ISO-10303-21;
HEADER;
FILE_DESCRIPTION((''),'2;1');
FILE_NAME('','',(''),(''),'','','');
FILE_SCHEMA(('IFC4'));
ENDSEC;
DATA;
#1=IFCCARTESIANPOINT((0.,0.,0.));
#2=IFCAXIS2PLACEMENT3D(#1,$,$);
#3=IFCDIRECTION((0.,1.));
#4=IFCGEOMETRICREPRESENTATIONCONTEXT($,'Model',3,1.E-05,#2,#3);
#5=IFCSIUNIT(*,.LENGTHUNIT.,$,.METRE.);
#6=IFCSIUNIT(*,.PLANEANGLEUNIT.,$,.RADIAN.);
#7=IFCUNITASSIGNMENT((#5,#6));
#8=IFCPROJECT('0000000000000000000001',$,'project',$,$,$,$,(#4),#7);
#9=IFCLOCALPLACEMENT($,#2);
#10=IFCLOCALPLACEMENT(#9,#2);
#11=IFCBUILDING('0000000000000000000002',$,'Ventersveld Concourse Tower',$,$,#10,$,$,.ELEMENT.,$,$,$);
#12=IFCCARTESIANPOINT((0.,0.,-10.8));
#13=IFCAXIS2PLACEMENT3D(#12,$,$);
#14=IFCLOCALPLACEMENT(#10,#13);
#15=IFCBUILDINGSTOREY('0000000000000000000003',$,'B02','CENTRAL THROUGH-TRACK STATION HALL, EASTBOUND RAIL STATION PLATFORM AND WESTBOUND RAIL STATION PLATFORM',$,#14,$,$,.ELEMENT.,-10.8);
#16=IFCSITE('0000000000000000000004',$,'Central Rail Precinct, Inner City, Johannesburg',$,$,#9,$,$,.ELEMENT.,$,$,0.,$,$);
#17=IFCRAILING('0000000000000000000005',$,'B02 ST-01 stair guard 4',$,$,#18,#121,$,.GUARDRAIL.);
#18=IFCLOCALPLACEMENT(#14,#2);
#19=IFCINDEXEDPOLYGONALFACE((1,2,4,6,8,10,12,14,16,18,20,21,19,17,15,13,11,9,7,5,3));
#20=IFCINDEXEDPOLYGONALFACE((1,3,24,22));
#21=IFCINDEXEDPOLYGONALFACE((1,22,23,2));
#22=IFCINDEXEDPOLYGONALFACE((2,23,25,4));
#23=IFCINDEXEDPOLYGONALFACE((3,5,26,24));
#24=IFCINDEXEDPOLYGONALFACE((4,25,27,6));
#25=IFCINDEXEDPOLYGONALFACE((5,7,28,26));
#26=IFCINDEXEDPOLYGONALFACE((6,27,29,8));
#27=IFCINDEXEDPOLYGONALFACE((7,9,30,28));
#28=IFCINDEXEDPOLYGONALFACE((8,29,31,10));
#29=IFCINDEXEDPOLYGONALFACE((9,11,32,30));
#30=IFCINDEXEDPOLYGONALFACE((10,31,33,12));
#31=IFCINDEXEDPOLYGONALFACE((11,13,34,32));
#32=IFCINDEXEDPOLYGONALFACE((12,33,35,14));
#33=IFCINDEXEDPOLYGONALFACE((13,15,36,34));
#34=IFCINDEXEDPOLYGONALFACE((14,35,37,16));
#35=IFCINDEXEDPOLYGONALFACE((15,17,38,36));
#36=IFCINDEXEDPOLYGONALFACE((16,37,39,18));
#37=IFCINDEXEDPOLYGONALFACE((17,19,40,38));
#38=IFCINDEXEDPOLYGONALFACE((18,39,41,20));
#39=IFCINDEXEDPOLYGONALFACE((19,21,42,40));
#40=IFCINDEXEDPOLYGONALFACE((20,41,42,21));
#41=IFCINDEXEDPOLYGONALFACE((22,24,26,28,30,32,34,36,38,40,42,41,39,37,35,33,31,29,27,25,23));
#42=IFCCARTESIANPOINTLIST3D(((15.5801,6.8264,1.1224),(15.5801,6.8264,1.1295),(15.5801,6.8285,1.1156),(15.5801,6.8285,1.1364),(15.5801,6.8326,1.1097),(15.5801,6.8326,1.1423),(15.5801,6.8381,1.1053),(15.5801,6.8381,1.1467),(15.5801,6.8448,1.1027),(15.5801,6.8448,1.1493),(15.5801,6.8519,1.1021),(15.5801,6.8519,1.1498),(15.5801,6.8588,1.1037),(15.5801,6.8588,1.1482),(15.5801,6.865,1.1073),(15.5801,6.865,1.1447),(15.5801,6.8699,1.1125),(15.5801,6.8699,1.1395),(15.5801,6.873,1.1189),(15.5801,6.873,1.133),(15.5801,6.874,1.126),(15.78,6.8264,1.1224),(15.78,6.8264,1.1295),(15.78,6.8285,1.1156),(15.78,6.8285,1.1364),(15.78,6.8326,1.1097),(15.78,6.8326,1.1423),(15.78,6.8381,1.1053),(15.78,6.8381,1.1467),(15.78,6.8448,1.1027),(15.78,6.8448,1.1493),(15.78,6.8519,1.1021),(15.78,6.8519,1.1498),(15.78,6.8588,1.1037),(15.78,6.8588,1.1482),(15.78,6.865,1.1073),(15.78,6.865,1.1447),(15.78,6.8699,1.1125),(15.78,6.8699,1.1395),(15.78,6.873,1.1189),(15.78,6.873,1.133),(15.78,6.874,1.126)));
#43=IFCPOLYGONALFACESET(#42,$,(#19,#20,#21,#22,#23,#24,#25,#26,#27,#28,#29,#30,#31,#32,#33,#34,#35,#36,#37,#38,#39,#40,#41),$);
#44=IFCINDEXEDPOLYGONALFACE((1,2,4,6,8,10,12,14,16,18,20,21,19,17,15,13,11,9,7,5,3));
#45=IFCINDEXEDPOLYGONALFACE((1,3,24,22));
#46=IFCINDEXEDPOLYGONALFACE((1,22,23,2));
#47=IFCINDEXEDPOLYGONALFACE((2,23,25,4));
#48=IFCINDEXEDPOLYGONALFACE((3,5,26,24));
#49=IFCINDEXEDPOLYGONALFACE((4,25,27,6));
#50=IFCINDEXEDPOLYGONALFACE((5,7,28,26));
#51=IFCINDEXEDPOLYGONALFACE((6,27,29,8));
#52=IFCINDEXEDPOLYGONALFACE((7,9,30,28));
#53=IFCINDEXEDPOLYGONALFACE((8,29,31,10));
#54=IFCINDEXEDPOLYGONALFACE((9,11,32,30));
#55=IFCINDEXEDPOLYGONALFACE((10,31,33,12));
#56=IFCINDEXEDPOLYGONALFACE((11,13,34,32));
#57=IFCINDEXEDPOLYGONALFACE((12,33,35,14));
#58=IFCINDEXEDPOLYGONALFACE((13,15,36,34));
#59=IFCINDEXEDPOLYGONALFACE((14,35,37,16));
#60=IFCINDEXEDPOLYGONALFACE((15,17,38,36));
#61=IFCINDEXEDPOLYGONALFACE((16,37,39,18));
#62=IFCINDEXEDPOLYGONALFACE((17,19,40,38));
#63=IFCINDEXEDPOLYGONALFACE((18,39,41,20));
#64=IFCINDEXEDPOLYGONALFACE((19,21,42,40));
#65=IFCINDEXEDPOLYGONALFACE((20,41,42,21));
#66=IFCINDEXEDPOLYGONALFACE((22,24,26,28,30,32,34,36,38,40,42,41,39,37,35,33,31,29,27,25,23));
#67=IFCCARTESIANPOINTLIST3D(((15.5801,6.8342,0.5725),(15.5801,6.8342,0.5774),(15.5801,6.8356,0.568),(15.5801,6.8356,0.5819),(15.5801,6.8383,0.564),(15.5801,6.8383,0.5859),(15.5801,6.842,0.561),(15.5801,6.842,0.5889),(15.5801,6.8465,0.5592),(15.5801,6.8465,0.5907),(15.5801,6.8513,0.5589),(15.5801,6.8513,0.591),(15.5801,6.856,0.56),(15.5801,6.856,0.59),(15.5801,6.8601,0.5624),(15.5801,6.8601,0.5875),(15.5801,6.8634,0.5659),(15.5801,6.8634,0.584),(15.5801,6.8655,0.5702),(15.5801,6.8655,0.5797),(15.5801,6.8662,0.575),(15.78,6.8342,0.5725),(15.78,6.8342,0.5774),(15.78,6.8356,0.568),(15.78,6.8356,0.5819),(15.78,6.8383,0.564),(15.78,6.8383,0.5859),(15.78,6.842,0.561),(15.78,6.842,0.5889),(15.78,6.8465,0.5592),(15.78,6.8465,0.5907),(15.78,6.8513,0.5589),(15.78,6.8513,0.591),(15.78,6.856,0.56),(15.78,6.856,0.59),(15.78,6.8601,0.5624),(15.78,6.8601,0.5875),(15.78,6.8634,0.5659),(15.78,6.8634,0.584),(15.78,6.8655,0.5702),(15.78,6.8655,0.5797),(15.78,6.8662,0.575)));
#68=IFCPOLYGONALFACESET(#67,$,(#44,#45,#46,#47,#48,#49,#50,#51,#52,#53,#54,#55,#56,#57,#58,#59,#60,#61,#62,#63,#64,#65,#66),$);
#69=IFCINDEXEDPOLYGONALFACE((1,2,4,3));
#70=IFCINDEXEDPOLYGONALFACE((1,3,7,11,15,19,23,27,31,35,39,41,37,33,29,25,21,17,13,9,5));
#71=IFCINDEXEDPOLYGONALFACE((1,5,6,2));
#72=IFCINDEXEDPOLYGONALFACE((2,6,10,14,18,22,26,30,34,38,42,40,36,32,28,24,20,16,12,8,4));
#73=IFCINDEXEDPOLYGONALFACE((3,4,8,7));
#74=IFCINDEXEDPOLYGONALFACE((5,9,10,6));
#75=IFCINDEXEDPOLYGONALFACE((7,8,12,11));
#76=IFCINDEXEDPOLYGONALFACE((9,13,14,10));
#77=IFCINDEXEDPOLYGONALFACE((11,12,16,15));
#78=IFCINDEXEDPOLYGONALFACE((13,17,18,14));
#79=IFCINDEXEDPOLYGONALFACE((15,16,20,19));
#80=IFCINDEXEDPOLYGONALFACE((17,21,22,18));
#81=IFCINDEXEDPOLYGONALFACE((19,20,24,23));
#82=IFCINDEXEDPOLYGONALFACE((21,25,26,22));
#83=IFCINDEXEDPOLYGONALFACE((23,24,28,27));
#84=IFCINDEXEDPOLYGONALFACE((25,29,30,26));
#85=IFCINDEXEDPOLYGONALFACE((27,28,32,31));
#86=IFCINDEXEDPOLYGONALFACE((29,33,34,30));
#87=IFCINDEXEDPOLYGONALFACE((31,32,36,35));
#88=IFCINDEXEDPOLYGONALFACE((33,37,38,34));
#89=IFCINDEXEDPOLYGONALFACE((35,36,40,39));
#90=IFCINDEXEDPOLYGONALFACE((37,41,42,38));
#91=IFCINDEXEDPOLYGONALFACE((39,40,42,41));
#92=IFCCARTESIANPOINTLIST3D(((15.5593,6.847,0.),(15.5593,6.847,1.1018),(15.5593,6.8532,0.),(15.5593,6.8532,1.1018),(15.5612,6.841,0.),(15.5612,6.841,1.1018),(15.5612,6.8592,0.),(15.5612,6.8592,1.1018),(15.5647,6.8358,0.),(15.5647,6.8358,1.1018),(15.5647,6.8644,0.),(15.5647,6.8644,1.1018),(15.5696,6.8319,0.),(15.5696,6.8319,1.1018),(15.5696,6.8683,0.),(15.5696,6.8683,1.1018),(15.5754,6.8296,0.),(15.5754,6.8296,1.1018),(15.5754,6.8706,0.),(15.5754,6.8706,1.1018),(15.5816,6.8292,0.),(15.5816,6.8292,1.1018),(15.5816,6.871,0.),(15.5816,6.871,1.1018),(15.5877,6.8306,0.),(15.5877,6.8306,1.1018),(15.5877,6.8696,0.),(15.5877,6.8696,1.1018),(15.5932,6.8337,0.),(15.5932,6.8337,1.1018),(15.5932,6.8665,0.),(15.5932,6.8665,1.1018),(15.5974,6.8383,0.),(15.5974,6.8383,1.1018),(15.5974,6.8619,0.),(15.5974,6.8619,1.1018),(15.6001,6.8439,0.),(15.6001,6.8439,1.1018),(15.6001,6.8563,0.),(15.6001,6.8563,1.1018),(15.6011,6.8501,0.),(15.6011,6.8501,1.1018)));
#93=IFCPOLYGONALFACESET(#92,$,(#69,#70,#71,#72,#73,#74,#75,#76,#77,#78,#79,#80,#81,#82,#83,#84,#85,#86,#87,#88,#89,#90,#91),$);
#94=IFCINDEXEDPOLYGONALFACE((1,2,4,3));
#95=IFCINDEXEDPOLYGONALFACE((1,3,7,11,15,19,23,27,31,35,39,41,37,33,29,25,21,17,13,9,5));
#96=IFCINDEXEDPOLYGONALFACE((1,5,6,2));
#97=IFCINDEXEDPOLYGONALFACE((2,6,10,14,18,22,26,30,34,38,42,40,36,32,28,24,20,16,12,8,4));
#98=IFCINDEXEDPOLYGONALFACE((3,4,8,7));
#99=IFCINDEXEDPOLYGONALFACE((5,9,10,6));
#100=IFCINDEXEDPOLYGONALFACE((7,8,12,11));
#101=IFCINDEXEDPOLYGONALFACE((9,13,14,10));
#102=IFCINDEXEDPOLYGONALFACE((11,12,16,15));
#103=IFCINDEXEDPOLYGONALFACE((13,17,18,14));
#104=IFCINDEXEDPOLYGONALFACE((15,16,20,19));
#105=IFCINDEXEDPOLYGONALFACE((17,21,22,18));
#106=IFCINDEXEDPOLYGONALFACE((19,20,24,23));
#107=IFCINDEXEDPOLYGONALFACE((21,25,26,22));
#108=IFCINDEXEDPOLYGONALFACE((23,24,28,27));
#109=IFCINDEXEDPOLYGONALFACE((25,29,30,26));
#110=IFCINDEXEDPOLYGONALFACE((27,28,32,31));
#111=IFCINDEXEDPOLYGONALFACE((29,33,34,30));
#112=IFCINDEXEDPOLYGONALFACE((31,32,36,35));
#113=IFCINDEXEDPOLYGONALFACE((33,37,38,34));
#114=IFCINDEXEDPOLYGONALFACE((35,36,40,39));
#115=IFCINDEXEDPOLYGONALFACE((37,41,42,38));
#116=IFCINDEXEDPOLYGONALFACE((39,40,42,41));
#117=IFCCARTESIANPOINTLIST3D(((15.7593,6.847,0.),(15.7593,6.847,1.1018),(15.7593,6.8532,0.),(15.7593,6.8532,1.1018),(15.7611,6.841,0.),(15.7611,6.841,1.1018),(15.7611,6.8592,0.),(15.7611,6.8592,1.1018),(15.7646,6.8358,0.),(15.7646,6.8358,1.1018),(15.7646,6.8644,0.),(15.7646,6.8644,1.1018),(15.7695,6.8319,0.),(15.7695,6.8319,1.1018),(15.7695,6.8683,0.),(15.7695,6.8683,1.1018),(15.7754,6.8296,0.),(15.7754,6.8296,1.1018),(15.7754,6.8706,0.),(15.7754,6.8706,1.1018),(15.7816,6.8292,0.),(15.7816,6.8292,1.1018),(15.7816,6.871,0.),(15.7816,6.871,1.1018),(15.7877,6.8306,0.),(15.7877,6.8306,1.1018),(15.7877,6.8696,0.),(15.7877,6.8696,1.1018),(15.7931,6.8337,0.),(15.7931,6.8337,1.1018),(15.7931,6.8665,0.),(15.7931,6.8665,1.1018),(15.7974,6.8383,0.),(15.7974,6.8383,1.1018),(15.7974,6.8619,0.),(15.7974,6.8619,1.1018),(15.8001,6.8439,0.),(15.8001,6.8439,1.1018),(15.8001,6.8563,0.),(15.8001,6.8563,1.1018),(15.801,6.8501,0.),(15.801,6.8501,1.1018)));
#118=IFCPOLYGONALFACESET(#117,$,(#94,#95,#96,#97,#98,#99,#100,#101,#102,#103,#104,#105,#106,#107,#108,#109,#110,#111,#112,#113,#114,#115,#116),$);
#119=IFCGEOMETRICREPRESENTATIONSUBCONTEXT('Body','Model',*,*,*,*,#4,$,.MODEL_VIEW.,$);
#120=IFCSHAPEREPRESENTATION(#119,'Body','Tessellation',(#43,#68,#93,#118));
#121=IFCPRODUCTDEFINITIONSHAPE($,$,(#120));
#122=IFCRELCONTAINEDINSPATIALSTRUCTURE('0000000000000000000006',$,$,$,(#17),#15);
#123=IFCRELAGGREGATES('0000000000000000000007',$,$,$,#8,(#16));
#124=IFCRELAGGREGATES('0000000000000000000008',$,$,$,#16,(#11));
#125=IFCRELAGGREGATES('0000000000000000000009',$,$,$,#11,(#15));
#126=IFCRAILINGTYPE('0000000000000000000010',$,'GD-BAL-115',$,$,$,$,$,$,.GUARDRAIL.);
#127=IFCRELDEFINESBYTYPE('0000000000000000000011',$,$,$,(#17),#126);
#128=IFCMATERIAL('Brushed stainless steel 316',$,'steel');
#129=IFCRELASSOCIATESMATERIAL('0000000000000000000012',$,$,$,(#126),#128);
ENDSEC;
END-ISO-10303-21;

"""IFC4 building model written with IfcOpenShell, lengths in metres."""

from ifc_helpers import new_model, si_unit, direction, frame, origin, origin_2d, place, context, subcontext, project, spatial, circle, extrude, material, type_object, element, save


model = new_model("IFC4")

# Units and contexts
model_context = context("Model", 3, precision=1e-05, world=origin(), true_north=direction((0.0, 1.0)))
body_context = subcontext(model_context, "Body", "Model", "MODEL_VIEW")
ifc_project = project(units=[si_unit("LENGTHUNIT", "METRE"), si_unit("PLANEANGLEUNIT", "RADIAN")], contexts=[model_context])

# Site, building, storey
site_placement = place(None, origin())
site = spatial("IfcSite", under=ifc_project, at=site_placement, Name="Central Rail Precinct, Inner City, Johannesburg", CompositionType="ELEMENT", RefElevation=0.0)
building_placement = place(site_placement, origin())
building = spatial("IfcBuilding", under=site, at=building_placement, Name="Ventersveld Concourse Tower", CompositionType="ELEMENT")
storey_placement = place(building_placement, frame((0.0, 0.0, -10.8)))
storey = spatial("IfcBuildingStorey", under=building, at=storey_placement, Name="B02", Description="CENTRAL THROUGH-TRACK STATION HALL, EASTBOUND RAIL STATION PLATFORM AND WESTBOUND RAIL STATION PLATFORM", CompositionType="ELEMENT", Elevation=-10.8)

# Shared definitions
ifc_material_1 = material(Name="Brushed stainless steel 316", Category="steel")

# Railing
railing_type_1 = type_object("IfcRailingType", Name="GD-BAL-115", PredefinedType="GUARDRAIL", material=ifc_material_1)
railing_1_placement = place(storey_placement, frame((15.5801, 6.8501, 0.0)))
element("IfcRailing", 1, at=railing_1_placement, inside=storey, type_object=railing_type_1, Name="B02 ST-01 stair guard 4", PredefinedType="GUARDRAIL", context=body_context, shape_type="SweptSolid", body=[
    extrude(circle(Radius=0.0239, at=origin_2d()), frame((0.0, 0.0, 1.126), z_axis=(1.0, 0.0, 0.0), x_axis=(0.0, 1.0, 0.0)), (0.0, 0.0, 1.0), 0.2),
    extrude(circle(Radius=0.0161, at=origin_2d()), frame((0.0, 0.0, 0.575), z_axis=(1.0, 0.0, 0.0), x_axis=(0.0, 1.0, 0.0)), (0.0, 0.0, 1.0), 0.2),
    extrude(circle(Radius=0.021, at=origin_2d()), origin(), (0.0, 0.0, 1.0), 1.1018),
    extrude(circle(Radius=0.021, at=origin_2d()), frame((0.2, 0.0, 0.0)), (0.0, 0.0, 1.0), 1.1018),
])

save(model, "model.ifc")
